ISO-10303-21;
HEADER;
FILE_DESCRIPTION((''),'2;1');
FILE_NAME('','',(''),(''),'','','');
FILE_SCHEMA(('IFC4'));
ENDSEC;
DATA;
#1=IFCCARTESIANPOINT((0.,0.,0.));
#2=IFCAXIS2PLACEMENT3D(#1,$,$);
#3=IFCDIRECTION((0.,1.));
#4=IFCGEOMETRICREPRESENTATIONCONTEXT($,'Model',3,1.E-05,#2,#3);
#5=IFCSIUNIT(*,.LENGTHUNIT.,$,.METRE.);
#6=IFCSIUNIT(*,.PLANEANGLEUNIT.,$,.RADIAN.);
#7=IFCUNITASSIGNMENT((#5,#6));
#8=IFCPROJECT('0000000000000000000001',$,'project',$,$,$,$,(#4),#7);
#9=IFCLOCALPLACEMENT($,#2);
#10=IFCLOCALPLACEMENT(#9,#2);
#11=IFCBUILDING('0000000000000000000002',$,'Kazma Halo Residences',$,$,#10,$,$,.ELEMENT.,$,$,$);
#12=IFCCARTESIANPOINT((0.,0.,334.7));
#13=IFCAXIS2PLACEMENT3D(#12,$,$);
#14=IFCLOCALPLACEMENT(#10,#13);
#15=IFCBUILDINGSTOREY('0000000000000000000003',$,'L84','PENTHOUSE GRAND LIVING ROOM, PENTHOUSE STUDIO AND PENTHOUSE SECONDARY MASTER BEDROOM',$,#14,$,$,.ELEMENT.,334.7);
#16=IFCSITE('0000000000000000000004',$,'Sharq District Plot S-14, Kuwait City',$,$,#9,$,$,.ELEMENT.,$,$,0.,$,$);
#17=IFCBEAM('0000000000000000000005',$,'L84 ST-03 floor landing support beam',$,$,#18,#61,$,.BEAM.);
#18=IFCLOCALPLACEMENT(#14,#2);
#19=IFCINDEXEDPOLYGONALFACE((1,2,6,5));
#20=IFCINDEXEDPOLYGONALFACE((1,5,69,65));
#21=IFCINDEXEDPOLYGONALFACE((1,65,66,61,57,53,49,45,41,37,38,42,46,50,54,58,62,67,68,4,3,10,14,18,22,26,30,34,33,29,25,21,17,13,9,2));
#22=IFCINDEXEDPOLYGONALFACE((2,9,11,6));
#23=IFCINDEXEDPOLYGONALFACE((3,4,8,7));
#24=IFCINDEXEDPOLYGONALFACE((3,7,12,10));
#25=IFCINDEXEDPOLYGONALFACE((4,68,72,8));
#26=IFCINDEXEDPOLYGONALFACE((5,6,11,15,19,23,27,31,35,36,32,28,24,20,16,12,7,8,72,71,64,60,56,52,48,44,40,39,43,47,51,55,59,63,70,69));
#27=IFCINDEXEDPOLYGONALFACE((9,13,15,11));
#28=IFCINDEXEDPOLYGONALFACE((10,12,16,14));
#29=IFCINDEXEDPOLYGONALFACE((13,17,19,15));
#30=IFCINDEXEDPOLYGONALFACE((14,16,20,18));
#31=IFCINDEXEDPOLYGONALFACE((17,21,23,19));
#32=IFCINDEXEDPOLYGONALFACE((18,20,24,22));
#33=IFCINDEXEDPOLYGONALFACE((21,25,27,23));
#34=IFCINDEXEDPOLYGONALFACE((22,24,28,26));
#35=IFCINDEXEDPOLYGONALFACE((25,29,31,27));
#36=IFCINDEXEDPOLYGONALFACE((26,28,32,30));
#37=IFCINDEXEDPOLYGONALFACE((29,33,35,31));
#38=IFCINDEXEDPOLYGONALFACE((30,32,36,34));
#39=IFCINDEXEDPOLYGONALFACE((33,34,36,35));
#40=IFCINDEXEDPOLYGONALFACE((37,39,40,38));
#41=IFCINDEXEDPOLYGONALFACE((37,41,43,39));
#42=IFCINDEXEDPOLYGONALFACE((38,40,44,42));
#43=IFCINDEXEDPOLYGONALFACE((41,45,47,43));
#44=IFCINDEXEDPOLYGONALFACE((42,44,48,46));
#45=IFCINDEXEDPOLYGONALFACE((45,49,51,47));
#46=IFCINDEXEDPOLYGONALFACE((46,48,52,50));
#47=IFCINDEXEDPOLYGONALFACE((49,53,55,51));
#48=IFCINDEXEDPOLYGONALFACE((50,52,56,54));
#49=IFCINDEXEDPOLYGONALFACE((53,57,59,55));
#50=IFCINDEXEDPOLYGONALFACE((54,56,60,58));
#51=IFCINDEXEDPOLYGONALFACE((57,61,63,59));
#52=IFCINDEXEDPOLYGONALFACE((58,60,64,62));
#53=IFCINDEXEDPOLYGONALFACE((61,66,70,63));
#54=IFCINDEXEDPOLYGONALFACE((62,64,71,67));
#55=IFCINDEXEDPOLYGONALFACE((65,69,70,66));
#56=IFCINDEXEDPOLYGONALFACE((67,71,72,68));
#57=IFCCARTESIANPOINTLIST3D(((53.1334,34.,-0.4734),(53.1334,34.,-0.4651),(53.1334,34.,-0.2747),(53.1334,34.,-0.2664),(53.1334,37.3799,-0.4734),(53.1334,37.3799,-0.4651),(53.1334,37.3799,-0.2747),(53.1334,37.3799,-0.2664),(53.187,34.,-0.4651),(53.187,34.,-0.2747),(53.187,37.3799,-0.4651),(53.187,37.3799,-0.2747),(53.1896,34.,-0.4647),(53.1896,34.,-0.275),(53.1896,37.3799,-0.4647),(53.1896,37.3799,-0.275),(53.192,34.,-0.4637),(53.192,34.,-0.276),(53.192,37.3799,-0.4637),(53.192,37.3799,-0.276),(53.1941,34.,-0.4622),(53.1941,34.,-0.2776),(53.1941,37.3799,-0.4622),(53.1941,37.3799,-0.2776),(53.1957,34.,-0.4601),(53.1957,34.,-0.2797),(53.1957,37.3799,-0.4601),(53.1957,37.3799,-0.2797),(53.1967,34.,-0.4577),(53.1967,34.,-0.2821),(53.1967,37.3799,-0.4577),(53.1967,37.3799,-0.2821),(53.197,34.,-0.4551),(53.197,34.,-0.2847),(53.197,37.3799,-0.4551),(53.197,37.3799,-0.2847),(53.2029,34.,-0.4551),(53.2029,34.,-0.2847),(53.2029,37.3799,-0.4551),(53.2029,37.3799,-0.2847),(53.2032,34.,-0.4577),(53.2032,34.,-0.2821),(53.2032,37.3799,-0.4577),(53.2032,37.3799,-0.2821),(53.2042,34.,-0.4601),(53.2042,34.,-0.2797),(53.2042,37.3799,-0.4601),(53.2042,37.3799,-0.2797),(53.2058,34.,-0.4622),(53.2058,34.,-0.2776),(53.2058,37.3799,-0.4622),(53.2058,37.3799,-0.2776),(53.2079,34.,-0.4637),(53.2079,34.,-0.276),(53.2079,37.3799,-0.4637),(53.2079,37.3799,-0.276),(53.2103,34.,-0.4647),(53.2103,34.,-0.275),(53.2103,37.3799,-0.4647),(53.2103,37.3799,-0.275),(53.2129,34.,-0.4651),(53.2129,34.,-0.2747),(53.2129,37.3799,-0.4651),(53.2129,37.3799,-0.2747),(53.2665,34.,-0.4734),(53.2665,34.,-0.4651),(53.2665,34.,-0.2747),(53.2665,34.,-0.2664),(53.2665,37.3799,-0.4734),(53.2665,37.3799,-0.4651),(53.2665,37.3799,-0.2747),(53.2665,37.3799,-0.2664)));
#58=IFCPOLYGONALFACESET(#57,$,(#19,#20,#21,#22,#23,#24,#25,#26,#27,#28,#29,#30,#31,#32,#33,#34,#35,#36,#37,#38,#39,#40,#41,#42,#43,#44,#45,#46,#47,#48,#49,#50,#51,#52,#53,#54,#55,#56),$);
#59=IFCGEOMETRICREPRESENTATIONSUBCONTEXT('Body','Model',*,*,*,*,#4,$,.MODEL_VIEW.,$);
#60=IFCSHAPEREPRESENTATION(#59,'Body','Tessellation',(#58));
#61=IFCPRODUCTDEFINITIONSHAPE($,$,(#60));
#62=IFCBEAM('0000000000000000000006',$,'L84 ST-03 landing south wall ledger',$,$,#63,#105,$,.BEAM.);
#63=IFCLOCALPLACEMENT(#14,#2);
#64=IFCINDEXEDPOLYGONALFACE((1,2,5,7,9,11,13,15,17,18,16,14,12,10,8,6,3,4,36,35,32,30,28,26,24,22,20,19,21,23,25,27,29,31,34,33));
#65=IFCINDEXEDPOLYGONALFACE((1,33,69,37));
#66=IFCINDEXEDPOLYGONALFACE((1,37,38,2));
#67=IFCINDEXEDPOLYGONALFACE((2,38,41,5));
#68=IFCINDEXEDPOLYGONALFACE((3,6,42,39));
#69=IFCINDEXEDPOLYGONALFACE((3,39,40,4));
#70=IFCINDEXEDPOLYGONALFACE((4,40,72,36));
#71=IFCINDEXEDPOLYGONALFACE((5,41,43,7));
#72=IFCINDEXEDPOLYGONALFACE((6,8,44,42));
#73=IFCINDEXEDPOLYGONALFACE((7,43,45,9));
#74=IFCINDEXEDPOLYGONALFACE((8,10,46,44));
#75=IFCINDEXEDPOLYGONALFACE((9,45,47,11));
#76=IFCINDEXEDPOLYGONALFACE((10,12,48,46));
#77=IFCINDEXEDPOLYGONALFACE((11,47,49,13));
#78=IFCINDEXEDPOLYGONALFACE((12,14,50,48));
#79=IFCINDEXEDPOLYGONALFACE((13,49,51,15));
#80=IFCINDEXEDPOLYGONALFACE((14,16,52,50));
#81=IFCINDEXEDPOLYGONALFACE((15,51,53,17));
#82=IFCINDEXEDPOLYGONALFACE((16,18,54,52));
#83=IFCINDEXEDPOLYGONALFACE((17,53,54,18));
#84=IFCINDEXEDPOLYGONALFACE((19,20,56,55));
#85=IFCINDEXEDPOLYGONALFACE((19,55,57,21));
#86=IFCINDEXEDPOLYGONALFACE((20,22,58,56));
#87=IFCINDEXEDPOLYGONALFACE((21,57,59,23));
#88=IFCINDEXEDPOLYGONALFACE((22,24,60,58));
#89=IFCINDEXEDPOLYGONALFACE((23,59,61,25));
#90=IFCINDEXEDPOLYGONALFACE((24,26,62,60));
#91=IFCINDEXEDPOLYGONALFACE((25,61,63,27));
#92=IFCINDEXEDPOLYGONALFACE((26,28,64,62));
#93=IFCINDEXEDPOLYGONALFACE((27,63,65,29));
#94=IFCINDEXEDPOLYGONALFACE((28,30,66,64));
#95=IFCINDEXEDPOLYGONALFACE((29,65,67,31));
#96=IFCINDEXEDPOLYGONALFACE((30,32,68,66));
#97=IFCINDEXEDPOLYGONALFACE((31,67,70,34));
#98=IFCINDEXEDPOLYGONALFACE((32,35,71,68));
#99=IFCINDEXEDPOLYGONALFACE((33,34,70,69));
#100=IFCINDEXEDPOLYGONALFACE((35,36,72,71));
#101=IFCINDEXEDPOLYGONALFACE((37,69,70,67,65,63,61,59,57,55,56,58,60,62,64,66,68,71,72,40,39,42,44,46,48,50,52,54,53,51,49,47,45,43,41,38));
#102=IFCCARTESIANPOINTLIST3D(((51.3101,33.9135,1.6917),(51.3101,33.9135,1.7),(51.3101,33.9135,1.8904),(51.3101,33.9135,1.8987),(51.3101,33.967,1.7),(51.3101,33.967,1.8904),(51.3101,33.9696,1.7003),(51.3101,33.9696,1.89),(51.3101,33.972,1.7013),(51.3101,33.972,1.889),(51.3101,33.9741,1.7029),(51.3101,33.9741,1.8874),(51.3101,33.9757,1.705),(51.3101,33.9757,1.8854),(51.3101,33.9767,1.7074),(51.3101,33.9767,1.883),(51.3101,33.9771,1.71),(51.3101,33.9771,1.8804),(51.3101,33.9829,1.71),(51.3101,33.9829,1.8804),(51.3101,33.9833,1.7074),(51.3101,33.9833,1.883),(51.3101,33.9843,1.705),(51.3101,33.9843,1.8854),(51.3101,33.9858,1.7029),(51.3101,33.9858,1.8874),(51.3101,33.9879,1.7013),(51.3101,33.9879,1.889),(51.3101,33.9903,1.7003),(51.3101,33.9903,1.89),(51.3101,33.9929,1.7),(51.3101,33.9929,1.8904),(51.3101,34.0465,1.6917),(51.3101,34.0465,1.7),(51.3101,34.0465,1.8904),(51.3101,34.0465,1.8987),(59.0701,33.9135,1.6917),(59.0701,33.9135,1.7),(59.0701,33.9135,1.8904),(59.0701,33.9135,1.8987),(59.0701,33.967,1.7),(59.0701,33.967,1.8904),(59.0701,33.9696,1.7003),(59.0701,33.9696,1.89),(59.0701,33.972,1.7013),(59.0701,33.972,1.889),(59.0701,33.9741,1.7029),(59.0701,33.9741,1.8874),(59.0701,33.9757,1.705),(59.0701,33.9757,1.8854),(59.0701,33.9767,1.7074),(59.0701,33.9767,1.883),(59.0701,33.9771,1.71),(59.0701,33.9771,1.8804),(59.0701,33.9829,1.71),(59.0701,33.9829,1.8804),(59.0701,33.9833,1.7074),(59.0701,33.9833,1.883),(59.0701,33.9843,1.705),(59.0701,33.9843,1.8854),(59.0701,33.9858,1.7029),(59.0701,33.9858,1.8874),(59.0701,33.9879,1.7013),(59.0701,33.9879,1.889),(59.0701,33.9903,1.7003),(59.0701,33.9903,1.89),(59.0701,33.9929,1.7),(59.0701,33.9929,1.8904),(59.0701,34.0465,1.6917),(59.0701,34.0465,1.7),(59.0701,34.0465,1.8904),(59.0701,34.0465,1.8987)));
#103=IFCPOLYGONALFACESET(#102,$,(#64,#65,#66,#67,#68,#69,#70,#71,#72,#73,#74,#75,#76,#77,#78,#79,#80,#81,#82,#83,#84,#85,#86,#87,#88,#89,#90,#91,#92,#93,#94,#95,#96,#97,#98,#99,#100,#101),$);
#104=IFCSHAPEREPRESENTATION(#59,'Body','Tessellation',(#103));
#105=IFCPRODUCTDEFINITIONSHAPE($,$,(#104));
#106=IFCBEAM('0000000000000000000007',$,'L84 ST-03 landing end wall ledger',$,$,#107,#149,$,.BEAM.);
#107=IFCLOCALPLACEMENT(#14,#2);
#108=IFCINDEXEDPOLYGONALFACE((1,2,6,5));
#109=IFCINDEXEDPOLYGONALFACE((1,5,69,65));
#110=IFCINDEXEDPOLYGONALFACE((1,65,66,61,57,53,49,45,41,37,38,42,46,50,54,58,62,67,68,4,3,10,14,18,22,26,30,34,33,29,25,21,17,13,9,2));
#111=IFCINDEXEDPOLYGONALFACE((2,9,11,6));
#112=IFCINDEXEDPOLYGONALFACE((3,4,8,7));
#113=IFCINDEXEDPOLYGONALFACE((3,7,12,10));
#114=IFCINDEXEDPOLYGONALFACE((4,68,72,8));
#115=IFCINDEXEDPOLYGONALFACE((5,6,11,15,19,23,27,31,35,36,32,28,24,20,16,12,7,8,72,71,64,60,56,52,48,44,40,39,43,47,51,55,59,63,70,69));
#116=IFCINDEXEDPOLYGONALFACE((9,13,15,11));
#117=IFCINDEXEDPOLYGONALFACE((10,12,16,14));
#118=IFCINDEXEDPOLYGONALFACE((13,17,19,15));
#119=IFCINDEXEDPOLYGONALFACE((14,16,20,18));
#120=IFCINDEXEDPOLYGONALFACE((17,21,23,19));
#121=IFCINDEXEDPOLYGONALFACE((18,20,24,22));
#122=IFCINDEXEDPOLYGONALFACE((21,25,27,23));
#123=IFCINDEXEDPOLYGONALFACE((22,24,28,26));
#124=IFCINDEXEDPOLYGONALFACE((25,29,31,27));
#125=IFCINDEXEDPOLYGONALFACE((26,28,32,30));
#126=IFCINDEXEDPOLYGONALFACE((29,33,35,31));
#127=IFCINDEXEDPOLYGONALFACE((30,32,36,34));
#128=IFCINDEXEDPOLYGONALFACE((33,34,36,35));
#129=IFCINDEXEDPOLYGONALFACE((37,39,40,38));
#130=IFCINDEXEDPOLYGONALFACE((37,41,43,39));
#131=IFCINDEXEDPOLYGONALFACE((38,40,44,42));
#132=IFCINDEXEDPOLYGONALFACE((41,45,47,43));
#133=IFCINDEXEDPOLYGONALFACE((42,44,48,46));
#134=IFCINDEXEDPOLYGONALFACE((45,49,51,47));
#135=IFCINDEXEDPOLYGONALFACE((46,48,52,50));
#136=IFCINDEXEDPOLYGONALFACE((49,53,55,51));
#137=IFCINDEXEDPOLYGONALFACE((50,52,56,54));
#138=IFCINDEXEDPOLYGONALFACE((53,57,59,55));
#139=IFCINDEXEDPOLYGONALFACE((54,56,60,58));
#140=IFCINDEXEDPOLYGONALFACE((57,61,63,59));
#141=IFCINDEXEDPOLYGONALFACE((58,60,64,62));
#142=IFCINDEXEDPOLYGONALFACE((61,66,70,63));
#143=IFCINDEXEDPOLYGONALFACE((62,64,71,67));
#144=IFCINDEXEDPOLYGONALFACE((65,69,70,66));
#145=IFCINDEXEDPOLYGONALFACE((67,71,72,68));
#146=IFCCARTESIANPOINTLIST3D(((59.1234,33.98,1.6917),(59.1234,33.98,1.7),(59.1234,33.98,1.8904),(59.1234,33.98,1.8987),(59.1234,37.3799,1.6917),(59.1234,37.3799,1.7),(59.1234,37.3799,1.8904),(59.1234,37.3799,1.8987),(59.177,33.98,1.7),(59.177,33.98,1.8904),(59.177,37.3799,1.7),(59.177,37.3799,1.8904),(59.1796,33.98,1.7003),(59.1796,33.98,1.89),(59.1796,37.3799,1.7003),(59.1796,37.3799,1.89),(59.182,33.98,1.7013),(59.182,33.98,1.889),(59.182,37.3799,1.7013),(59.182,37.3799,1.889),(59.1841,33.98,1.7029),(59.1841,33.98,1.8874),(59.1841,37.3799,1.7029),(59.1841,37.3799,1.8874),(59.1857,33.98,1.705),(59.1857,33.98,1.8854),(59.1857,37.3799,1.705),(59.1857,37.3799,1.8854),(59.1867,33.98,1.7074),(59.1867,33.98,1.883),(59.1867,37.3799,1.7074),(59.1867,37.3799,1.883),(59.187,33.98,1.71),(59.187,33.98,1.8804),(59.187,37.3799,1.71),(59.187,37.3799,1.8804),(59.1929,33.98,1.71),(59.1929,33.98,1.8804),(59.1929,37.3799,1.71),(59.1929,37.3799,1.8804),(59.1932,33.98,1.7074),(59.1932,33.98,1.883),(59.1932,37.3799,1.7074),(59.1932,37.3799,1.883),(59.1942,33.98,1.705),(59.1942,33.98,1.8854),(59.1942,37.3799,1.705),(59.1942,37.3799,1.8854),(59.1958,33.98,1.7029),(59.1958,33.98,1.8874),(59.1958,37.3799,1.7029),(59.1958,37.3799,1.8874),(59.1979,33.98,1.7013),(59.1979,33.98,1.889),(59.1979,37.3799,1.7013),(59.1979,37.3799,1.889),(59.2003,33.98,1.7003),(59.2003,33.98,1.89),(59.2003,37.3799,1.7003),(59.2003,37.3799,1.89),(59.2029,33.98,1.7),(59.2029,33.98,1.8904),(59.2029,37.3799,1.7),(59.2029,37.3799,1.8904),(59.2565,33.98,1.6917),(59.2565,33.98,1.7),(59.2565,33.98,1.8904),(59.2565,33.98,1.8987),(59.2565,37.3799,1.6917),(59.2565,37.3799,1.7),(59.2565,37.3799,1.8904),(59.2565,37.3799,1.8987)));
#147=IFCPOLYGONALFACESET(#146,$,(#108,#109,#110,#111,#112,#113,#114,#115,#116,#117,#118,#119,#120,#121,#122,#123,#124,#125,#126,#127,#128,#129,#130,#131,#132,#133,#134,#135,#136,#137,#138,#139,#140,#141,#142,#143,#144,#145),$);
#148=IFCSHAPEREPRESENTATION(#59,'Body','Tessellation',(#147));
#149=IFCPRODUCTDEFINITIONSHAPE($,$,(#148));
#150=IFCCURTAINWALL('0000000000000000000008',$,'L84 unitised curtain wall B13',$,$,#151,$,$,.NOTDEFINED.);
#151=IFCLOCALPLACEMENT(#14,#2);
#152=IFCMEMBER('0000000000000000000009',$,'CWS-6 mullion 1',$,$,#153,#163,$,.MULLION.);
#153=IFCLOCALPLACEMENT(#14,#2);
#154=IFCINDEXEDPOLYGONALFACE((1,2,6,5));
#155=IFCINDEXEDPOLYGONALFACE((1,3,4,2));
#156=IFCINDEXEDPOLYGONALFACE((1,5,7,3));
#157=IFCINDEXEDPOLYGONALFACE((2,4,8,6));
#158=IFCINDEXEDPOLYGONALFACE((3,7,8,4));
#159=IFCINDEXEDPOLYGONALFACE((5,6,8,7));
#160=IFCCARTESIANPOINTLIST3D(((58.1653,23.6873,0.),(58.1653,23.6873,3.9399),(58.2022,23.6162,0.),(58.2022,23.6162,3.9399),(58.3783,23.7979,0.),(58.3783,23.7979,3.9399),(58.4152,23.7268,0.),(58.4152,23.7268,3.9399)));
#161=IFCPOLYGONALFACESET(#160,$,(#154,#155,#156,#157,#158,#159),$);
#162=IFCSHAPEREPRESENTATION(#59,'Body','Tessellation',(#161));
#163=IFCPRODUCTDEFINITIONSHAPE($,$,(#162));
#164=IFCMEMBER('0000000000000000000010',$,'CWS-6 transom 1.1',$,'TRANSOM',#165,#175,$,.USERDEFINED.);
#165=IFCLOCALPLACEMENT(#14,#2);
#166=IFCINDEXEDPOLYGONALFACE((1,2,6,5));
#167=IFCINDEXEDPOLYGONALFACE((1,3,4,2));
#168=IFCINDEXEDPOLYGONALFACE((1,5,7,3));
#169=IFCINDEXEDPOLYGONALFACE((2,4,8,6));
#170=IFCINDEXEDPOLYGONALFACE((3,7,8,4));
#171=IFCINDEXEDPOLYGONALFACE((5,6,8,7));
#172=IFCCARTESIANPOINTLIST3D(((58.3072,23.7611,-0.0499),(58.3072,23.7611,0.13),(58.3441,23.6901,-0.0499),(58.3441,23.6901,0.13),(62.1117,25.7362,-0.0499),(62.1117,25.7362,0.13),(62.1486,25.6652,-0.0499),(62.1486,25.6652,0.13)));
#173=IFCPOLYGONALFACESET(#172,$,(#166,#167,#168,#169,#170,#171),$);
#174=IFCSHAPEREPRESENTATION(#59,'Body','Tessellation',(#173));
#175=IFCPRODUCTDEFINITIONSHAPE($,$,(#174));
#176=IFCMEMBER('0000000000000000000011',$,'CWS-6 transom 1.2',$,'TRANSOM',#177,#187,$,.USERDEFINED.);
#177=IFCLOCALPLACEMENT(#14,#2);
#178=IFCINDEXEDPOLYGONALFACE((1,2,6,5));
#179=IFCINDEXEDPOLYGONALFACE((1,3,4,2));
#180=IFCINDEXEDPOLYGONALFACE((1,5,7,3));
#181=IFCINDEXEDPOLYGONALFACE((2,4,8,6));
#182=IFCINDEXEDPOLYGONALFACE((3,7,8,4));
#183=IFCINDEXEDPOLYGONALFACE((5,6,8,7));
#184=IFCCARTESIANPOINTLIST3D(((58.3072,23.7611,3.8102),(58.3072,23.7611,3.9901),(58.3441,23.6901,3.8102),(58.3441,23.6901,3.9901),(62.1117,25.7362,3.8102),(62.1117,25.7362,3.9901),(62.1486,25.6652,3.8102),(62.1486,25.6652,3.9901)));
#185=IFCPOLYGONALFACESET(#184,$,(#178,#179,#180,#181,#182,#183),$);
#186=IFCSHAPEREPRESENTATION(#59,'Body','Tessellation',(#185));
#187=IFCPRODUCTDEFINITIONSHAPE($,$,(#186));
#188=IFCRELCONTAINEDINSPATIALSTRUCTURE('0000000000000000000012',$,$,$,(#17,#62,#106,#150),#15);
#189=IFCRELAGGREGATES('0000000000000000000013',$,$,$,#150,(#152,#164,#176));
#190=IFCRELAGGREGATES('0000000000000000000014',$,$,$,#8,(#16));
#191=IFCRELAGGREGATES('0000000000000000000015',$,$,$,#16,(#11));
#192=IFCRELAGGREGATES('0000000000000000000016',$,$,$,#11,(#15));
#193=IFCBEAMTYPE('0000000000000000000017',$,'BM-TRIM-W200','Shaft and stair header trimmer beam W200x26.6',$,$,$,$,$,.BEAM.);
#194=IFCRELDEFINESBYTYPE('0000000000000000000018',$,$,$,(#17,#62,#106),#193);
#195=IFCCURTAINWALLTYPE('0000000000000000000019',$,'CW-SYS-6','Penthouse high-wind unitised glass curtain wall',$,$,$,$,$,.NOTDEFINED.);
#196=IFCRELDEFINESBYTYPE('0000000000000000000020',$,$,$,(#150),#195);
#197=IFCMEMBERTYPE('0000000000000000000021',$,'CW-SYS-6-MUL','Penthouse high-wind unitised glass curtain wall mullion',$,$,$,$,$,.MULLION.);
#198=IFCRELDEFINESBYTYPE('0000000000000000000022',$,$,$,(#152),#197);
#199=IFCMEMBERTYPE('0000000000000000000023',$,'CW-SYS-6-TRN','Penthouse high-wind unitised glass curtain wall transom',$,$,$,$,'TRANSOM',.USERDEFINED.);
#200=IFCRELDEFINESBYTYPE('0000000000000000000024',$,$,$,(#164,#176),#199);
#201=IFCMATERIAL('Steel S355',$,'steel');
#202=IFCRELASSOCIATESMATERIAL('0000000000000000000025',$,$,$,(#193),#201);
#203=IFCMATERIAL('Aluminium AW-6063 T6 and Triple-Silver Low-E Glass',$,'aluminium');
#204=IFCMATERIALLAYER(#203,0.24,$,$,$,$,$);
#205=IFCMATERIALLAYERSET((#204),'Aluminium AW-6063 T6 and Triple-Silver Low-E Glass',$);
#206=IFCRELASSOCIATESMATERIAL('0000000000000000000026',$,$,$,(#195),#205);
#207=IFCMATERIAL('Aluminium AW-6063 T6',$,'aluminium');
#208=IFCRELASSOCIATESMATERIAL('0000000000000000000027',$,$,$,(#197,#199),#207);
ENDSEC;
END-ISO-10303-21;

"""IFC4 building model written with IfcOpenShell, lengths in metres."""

from ifc_helpers import new_model, si_unit, direction, frame, origin, origin_2d, place, context, subcontext, project, spatial, rectangle, i_section, extrude, material, layer, layer_set, material_profile, profile_set, type_object, element, aggregate, save


model = new_model("IFC4")

# Units and contexts
model_context = context("Model", 3, precision=1e-05, world=origin(), true_north=direction((0.0, 1.0)))
body_context = subcontext(model_context, "Body", "Model", "MODEL_VIEW")
ifc_project = project(units=[si_unit("LENGTHUNIT", "METRE"), si_unit("PLANEANGLEUNIT", "RADIAN")], contexts=[model_context])

# Site, building, storey
site_placement = place(None, origin())
site = spatial("IfcSite", under=ifc_project, at=site_placement, Name="Sharq District Plot S-14, Kuwait City", CompositionType="ELEMENT", RefElevation=0.0)
building_placement = place(site_placement, origin())
building = spatial("IfcBuilding", under=site, at=building_placement, Name="Kazma Halo Residences", CompositionType="ELEMENT")
storey_placement = place(building_placement, frame((0.0, 0.0, 334.7)))
storey = spatial("IfcBuildingStorey", under=building, at=storey_placement, Name="L84", Description="PENTHOUSE GRAND LIVING ROOM, PENTHOUSE STUDIO AND PENTHOUSE SECONDARY MASTER BEDROOM", CompositionType="ELEMENT", Elevation=334.7)

# Beams
ifc_material_1 = material(Name="Steel S355", Category="steel")
ifc_material_profile_1 = material_profile(ifc_material_1, i_section(OverallWidth=0.1331, OverallDepth=0.207, WebThickness=0.0059, FlangeThickness=0.0083, FilletRadius=0.01, at=origin_2d()), Name="W200x26.6")
ifc_profile_set_1 = profile_set([ifc_material_profile_1], Name="Steel S355")
beam_type_1 = type_object("IfcBeamType", Name="BM-TRIM-W200", Description="Shaft and stair header trimmer beam W200x26.6", PredefinedType="BEAM", material=ifc_profile_set_1)
beam_1_placement = place(storey_placement, frame((53.2, 34.0, -0.3699), z_axis=(0.0, 1.0, 0.0), x_axis=(-1.0, 0.0, 0.0)))
element("IfcBeam", 1, at=beam_1_placement, inside=storey, type_object=beam_type_1, Name="L84 ST-03 floor landing support beam", PredefinedType="BEAM", context=body_context, shape_type="SweptSolid", body=[
    extrude(i_section(OverallWidth=0.1331, OverallDepth=0.207, WebThickness=0.0059, FlangeThickness=0.0083, FilletRadius=0.01, at=origin_2d()), origin(), (0.0, 0.0, 1.0), 3.3799),
])
beam_2_placement = place(storey_placement, frame((51.3101, 33.98, 1.7952), z_axis=(1.0, 0.0, 0.0), x_axis=(0.0, 1.0, 0.0)))
element("IfcBeam", 2, at=beam_2_placement, inside=storey, type_object=beam_type_1, Name="L84 ST-03 landing south wall ledger", PredefinedType="BEAM", context=body_context, shape_type="SweptSolid", body=[
    extrude(i_section(OverallWidth=0.1331, OverallDepth=0.207, WebThickness=0.0059, FlangeThickness=0.0083, FilletRadius=0.01, at=origin_2d()), origin(), (0.0, 0.0, 1.0), 7.76),
])
beam_3_placement = place(storey_placement, frame((59.1899, 33.98, 1.7952), z_axis=(0.0, 1.0, 0.0), x_axis=(-1.0, 0.0, 0.0)))
element("IfcBeam", 3, at=beam_3_placement, inside=storey, type_object=beam_type_1, Name="L84 ST-03 landing end wall ledger", PredefinedType="BEAM", context=body_context, shape_type="SweptSolid", body=[
    extrude(i_section(OverallWidth=0.1331, OverallDepth=0.207, WebThickness=0.0059, FlangeThickness=0.0083, FilletRadius=0.01, at=origin_2d()), origin(), (0.0, 0.0, 1.0), 3.3999),
])

# Curtain wall, members
ifc_material_2 = material(Name="Aluminium AW-6063 T6 and Triple-Silver Low-E Glass", Category="aluminium")
ifc_layer_1 = layer(ifc_material_2, 0.24)
ifc_layer_set_1 = layer_set([ifc_layer_1], Name="Aluminium AW-6063 T6 and Triple-Silver Low-E Glass")
curtain_wall_type = type_object("IfcCurtainWallType", Name="CW-SYS-6", Description="Penthouse high-wind unitised glass curtain wall", PredefinedType="NOTDEFINED", material=ifc_layer_set_1)
curtain_wall_placement = place(storey_placement, origin())
curtain_wall = element("IfcCurtainWall", 4, at=curtain_wall_placement, inside=storey, type_object=curtain_wall_type, Name="L84 unitised curtain wall B13", PredefinedType="NOTDEFINED")
ifc_material_3 = material(Name="Aluminium AW-6063 T6", Category="aluminium")
ifc_material_profile_2 = material_profile(ifc_material_3, rectangle(XDim=0.0801, YDim=0.24, at=origin_2d()), Name="CWM-80x240")
ifc_profile_set_2 = profile_set([ifc_material_profile_2], Name="Aluminium AW-6063 T6")
member_type_1 = type_object("IfcMemberType", Name="CW-SYS-6-MUL", Description="Penthouse high-wind unitised glass curtain wall mullion", PredefinedType="MULLION", material=ifc_profile_set_2)
member_1_placement = place(storey_placement, frame((58.2903, 23.707, 0.0), z_axis=(0.0, 0.0, 1.0), x_axis=(-0.460796, 0.887506, 0.0)))
member_1 = element("IfcMember", 5, at=member_1_placement, type_object=member_type_1, Name="CWS-6 mullion 1", PredefinedType="MULLION", context=body_context, shape_type="SweptSolid", body=[
    extrude(rectangle(XDim=0.0801, YDim=0.24, at=origin_2d()), origin(), (0.0, 0.0, 1.0), 3.9399),
])
ifc_material_profile_3 = material_profile(ifc_material_3, rectangle(XDim=0.0801, YDim=0.1799, at=origin_2d()), Name="CWT-80x180")
ifc_profile_set_3 = profile_set([ifc_material_profile_3], Name="Aluminium AW-6063 T6")
member_type_2 = type_object("IfcMemberType", Name="CW-SYS-6-TRN", Description="Penthouse high-wind unitised glass curtain wall transom", ElementType="TRANSOM", PredefinedType="USERDEFINED", material=ifc_profile_set_3)
member_2_placement = place(storey_placement, frame((58.3257, 23.7256, 0.04), z_axis=(0.887523, 0.460763, 0.0), x_axis=(-0.460763, 0.887523, 0.0)))
member_2 = element("IfcMember", 6, at=member_2_placement, type_object=member_type_2, Name="CWS-6 transom 1.1", ObjectType="TRANSOM", PredefinedType="USERDEFINED", context=body_context, shape_type="SweptSolid", body=[
    extrude(rectangle(XDim=0.0801, YDim=0.1799, at=origin_2d()), origin(), (0.0, 0.0, 1.0), 4.2866),
])
member_3_placement = place(storey_placement, frame((58.3257, 23.7256, 3.9001), z_axis=(0.887523, 0.460763, 0.0), x_axis=(-0.460763, 0.887523, 0.0)))
member_3 = element("IfcMember", 7, at=member_3_placement, type_object=member_type_2, Name="CWS-6 transom 1.2", ObjectType="TRANSOM", PredefinedType="USERDEFINED", context=body_context, shape_type="SweptSolid", body=[
    extrude(rectangle(XDim=0.0801, YDim=0.1799, at=origin_2d()), origin(), (0.0, 0.0, 1.0), 4.2866),
])
aggregate(curtain_wall, [member_1, member_2, member_3])

save(model, "model.ifc")
